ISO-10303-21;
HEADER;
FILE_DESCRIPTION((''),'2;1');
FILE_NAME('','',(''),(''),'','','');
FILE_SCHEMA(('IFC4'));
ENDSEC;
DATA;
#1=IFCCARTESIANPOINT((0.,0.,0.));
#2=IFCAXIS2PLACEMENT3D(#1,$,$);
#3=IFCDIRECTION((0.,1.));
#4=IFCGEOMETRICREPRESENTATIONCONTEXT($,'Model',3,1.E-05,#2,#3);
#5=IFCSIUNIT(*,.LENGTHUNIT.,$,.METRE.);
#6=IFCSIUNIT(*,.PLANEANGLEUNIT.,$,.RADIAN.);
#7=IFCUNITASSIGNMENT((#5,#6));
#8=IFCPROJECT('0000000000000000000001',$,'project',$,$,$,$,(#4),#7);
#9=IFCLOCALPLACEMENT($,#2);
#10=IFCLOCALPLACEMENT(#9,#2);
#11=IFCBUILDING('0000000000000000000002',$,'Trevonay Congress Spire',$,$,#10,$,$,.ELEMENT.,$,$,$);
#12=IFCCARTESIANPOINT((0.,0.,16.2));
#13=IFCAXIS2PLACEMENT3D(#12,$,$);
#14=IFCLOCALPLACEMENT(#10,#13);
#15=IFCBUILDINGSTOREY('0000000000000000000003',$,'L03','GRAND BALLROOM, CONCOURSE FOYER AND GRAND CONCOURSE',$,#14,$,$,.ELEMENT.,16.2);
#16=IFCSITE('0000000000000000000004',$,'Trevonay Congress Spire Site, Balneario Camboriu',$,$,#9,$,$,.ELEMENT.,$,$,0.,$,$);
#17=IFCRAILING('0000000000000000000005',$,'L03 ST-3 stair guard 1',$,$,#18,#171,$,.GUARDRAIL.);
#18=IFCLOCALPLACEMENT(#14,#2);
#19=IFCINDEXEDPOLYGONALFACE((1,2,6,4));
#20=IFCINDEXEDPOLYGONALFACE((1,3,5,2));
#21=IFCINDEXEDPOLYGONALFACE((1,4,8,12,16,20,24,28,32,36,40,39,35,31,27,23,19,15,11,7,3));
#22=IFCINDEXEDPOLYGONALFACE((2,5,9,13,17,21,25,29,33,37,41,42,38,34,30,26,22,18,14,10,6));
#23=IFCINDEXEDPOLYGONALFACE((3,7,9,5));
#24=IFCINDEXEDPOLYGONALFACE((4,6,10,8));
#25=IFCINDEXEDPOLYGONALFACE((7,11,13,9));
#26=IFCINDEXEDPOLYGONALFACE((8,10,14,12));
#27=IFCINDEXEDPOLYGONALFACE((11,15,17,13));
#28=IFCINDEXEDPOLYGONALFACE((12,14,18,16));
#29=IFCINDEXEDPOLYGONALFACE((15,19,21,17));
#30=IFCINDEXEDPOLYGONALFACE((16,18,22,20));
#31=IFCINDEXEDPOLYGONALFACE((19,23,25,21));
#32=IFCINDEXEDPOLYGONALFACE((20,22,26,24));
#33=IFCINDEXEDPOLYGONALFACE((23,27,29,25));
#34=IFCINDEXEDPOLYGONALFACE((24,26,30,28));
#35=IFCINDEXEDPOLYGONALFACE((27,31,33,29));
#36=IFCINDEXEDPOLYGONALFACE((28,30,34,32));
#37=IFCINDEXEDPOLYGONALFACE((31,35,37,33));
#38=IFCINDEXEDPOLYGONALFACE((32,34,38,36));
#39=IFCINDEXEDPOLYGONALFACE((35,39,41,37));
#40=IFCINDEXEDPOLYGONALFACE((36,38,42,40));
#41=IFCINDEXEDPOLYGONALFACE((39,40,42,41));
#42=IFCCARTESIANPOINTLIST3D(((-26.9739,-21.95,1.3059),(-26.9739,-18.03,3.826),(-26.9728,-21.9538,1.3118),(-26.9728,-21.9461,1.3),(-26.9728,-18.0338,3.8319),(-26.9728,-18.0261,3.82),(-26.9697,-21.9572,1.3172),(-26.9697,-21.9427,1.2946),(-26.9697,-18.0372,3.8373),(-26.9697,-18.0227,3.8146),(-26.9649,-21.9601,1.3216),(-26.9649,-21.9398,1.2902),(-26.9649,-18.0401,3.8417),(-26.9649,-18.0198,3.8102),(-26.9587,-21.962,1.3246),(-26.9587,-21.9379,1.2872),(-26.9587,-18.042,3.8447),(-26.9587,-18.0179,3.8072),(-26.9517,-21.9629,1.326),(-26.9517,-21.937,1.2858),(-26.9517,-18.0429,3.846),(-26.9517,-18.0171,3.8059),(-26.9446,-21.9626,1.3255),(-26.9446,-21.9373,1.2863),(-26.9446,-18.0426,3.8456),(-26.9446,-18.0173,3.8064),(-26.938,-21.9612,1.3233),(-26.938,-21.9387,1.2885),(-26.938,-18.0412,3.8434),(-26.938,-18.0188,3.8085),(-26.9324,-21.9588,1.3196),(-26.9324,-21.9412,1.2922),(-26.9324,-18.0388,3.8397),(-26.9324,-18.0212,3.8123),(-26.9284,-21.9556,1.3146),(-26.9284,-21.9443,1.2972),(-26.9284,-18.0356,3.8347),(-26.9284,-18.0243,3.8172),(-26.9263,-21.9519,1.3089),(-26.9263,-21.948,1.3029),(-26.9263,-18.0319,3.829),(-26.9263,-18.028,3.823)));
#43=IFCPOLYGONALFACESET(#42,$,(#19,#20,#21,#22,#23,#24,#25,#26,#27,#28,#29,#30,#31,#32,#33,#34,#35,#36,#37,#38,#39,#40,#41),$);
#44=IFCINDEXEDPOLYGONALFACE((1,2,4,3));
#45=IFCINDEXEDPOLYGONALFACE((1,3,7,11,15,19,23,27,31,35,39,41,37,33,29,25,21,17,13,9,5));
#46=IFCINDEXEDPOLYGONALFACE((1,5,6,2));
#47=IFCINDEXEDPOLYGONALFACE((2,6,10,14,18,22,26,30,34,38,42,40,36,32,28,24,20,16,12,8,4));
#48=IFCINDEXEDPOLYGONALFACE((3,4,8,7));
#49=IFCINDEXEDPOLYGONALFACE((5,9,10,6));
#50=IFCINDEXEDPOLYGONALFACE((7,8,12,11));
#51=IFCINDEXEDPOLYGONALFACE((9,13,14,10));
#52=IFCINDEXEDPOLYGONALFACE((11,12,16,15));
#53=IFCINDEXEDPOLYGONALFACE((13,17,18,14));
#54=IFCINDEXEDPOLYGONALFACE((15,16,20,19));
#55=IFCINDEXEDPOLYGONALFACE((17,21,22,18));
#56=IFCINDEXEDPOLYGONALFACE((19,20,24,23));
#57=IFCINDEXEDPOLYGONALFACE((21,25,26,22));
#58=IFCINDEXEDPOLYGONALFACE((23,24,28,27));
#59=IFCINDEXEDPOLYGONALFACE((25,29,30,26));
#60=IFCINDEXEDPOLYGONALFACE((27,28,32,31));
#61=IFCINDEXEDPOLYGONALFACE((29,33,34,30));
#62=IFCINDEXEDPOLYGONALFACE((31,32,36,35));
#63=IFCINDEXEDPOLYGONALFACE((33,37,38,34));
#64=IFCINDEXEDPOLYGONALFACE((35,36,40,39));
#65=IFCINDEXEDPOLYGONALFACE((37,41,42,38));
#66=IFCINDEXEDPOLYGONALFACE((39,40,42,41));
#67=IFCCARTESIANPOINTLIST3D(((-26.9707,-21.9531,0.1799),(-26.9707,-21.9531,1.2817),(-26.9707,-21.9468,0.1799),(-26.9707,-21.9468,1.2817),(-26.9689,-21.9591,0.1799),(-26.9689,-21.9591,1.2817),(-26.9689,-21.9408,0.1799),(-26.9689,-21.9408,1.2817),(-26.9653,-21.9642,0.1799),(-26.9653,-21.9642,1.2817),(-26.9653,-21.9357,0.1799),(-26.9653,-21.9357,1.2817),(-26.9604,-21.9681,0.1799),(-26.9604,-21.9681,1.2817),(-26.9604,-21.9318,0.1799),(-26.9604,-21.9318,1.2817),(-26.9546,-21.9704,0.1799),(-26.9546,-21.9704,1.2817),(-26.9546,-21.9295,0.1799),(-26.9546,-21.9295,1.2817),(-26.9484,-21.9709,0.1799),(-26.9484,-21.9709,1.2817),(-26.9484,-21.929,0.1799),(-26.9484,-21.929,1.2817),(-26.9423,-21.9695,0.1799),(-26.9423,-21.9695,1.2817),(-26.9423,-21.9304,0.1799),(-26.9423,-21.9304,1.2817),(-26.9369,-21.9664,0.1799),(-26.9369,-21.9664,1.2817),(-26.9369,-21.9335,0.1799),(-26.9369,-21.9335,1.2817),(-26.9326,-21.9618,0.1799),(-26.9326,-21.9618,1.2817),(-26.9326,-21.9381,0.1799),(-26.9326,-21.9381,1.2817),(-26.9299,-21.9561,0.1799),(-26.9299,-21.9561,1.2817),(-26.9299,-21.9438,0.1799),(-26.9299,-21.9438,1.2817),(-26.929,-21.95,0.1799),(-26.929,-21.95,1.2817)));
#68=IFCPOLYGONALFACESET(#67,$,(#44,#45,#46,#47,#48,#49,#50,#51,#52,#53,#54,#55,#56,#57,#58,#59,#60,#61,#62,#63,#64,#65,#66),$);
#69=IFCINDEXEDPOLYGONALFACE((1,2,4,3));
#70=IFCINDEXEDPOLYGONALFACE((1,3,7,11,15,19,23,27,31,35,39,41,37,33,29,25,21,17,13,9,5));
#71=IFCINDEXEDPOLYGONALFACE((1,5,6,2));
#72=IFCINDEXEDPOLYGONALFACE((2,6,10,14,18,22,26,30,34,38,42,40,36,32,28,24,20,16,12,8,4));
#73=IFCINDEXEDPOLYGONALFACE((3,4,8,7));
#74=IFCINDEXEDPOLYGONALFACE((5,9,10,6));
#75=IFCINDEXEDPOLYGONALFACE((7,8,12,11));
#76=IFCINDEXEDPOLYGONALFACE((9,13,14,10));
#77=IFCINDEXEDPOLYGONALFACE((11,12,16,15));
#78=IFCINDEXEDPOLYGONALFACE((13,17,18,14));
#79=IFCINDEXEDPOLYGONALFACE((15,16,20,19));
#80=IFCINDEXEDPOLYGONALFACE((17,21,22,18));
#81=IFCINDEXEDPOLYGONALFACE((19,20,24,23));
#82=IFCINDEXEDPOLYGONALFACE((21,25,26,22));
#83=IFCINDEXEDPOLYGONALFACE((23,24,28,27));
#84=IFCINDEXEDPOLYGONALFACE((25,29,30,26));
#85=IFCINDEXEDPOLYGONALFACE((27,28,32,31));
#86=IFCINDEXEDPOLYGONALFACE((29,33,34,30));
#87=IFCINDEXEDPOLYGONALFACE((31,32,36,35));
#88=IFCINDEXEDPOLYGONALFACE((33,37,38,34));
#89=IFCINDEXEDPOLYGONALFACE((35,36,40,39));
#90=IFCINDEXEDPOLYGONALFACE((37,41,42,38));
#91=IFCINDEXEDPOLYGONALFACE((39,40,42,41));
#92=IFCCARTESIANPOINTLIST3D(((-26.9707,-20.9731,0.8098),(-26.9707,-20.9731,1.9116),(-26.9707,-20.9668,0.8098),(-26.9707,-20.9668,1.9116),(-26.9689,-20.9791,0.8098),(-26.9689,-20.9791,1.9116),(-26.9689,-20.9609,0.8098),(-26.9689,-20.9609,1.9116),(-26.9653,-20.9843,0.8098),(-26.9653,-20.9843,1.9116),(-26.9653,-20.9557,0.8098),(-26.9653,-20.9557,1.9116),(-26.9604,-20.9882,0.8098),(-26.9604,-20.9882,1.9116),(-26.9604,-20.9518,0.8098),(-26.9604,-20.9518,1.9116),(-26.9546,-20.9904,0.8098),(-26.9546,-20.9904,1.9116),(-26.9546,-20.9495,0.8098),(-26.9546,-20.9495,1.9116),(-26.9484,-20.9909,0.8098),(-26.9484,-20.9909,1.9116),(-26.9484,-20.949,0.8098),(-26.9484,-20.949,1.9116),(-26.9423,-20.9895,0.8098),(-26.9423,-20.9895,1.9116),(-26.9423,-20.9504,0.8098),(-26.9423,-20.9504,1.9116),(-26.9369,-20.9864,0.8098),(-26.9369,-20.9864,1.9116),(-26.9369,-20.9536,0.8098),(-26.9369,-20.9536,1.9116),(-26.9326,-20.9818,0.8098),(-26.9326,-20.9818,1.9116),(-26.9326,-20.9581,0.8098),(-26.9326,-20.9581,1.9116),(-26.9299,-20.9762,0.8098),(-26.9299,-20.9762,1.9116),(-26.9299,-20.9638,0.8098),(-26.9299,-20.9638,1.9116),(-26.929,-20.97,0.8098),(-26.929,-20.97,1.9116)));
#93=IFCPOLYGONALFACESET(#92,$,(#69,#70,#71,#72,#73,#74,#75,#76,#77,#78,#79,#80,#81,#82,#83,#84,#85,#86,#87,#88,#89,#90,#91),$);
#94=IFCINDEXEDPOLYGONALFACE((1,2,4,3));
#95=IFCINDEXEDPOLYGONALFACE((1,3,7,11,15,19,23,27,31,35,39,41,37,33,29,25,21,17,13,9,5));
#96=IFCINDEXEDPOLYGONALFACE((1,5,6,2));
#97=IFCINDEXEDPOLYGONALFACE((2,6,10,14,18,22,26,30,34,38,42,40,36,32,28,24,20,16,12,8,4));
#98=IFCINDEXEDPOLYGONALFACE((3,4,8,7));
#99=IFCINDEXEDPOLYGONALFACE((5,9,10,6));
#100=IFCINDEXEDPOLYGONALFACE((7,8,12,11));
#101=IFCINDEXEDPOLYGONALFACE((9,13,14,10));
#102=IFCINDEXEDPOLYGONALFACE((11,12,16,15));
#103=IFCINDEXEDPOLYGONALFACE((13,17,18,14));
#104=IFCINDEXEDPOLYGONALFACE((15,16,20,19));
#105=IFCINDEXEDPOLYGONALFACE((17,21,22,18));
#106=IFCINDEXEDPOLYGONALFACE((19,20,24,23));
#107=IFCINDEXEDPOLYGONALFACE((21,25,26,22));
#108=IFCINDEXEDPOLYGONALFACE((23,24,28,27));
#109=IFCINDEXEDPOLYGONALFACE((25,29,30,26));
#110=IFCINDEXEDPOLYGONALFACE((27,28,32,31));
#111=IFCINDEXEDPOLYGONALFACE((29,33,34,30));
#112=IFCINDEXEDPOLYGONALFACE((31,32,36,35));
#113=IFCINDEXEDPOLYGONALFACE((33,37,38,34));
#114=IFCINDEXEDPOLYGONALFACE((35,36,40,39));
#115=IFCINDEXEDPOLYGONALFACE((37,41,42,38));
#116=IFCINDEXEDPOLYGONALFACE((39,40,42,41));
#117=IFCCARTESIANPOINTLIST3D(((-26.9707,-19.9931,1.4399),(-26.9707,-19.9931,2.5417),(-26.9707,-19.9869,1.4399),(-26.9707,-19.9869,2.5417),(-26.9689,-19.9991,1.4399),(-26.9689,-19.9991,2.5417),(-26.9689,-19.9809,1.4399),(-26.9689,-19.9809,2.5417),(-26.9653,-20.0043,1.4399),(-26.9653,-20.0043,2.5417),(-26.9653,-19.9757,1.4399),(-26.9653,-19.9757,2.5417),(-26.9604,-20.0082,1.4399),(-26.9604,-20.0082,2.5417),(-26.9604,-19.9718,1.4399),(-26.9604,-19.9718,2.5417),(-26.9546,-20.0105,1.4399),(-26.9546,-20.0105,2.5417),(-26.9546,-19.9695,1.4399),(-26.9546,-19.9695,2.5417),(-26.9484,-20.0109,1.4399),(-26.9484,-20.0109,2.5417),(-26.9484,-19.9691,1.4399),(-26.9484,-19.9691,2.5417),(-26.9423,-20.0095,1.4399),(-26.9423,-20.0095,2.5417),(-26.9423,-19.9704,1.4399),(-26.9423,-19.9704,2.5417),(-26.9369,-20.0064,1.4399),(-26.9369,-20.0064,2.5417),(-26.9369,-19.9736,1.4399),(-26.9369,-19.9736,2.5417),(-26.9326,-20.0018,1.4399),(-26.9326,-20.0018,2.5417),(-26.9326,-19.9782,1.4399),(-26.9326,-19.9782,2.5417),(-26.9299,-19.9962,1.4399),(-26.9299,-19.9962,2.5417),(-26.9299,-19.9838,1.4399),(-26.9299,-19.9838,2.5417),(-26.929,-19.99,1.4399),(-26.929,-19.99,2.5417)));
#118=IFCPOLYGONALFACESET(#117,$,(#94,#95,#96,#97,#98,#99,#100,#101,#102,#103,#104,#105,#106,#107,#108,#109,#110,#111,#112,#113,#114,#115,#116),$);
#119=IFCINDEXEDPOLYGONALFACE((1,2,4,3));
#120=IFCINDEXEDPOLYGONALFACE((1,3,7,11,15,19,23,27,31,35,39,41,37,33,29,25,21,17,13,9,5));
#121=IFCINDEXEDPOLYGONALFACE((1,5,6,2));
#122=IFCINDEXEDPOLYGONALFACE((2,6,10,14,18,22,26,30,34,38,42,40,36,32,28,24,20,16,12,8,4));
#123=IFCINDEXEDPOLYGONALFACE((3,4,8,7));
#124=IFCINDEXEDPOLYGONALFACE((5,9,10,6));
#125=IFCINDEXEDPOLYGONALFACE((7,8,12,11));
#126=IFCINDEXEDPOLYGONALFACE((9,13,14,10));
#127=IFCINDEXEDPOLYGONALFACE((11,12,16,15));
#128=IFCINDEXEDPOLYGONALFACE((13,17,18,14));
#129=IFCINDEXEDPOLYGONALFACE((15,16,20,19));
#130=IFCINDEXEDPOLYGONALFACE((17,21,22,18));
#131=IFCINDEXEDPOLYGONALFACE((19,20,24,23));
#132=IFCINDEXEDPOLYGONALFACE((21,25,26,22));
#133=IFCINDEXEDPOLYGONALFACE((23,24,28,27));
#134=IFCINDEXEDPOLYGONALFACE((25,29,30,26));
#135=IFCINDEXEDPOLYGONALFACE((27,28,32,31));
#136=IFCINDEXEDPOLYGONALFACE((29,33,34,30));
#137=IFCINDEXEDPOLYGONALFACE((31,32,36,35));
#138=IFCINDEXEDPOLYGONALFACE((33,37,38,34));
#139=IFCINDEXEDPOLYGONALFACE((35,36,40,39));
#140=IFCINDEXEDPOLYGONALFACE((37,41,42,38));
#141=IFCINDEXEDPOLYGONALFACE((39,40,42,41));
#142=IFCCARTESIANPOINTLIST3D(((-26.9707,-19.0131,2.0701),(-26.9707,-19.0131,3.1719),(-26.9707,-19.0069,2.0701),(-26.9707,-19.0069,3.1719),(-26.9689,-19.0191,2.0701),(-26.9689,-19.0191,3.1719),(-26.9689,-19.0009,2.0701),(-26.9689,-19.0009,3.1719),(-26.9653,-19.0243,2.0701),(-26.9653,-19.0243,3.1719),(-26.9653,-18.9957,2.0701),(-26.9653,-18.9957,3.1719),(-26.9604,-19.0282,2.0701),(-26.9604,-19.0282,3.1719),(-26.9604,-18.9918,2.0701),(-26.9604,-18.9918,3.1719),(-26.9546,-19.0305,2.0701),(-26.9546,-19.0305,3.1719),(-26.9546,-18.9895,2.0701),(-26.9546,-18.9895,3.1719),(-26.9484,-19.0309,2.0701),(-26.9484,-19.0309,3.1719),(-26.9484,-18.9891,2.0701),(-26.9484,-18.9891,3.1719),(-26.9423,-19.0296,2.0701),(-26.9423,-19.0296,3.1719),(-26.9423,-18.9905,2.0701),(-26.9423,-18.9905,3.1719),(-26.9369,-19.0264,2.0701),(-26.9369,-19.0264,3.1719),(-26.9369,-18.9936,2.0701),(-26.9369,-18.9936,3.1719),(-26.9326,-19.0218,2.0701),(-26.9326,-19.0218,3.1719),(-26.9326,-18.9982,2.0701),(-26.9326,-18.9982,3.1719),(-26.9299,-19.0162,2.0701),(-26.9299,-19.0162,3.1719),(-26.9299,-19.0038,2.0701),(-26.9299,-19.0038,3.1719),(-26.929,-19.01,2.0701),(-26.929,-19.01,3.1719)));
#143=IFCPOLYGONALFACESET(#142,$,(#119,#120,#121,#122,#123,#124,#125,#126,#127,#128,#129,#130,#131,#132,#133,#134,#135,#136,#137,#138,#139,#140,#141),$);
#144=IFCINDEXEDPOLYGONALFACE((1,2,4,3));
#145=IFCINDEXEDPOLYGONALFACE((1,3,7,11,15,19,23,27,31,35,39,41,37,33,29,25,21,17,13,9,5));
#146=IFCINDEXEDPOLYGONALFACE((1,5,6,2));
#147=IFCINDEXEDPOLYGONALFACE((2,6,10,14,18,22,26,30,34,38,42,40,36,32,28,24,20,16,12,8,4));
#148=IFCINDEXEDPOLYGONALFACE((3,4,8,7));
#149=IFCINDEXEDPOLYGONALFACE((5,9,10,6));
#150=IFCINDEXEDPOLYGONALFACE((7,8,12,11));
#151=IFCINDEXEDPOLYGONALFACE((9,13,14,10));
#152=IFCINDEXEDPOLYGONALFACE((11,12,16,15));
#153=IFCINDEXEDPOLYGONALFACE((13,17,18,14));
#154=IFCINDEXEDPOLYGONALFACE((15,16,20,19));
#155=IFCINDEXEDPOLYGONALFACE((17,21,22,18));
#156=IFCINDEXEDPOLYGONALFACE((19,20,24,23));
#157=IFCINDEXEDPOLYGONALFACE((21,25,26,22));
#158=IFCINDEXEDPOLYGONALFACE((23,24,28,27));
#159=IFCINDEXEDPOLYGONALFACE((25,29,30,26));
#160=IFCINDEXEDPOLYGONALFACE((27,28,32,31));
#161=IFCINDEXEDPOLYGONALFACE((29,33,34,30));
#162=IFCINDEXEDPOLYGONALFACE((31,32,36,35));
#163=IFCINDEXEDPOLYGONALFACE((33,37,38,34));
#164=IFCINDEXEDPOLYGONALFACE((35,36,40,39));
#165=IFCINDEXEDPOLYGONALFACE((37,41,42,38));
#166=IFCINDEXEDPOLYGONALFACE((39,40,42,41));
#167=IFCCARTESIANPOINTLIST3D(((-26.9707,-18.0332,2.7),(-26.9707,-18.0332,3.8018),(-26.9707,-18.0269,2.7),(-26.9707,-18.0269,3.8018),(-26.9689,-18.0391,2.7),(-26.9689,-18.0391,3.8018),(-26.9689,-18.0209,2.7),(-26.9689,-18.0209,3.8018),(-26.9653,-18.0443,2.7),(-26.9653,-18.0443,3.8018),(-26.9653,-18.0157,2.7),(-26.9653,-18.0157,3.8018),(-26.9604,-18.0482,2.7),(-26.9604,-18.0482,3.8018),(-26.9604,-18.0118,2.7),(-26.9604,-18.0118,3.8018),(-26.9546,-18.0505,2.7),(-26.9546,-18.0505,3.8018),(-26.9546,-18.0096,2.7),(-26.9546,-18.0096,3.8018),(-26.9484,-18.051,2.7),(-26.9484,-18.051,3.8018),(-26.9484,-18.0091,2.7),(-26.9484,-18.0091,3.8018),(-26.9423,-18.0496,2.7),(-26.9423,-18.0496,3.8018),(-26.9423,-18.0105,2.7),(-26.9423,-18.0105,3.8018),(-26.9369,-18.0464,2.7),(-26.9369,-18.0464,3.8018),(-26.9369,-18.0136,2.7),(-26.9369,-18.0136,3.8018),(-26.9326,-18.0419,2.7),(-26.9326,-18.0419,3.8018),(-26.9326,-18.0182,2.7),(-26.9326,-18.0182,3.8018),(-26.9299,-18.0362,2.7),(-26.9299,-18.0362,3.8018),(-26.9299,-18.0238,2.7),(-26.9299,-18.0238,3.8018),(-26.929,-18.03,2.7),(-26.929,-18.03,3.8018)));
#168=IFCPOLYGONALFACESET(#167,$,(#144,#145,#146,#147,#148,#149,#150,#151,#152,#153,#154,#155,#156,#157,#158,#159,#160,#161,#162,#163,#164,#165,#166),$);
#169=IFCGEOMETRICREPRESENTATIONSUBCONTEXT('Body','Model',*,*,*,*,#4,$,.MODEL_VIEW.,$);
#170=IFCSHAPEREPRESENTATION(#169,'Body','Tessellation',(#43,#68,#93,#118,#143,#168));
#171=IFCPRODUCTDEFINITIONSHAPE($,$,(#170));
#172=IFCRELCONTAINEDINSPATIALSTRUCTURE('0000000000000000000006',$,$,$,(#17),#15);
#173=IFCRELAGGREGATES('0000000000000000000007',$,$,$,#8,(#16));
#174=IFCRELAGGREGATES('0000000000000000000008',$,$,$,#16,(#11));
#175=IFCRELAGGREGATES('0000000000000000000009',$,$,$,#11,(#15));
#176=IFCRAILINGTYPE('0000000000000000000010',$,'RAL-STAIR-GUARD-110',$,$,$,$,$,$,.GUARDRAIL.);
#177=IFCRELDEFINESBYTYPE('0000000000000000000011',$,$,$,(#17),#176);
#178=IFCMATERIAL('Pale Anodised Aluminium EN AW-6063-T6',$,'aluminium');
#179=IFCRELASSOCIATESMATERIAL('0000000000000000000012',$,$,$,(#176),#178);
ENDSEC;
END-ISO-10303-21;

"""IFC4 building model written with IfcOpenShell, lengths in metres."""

from ifc_helpers import new_model, si_unit, direction, frame, origin, origin_2d, place, context, subcontext, project, spatial, circle, extrude, material, type_object, element, save


model = new_model("IFC4")

# Units and contexts
model_context = context("Model", 3, precision=1e-05, world=origin(), true_north=direction((0.0, 1.0)))
body_context = subcontext(model_context, "Body", "Model", "MODEL_VIEW")
ifc_project = project(units=[si_unit("LENGTHUNIT", "METRE"), si_unit("PLANEANGLEUNIT", "RADIAN")], contexts=[model_context])

# Site, building, storey
site_placement = place(None, origin())
site = spatial("IfcSite", under=ifc_project, at=site_placement, Name="Trevonay Congress Spire Site, Balneario Camboriu", CompositionType="ELEMENT", RefElevation=0.0)
building_placement = place(site_placement, origin())
building = spatial("IfcBuilding", under=site, at=building_placement, Name="Trevonay Congress Spire", CompositionType="ELEMENT")
storey_placement = place(building_placement, frame((0.0, 0.0, 16.2)))
storey = spatial("IfcBuildingStorey", under=building, at=storey_placement, Name="L03", Description="GRAND BALLROOM, CONCOURSE FOYER AND GRAND CONCOURSE", CompositionType="ELEMENT", Elevation=16.2)

# Shared definitions
ifc_material_1 = material(Name="Pale Anodised Aluminium EN AW-6063-T6", Category="aluminium")

# Railing
railing_type_1 = type_object("IfcRailingType", Name="RAL-STAIR-GUARD-110", PredefinedType="GUARDRAIL", material=ifc_material_1)
railing_1_placement = place(storey_placement, frame((-26.95, -21.95, 0.1799)))
element("IfcRailing", 1, at=railing_1_placement, inside=storey, type_object=railing_type_1, Name="L03 ST-3 stair guard 1", PredefinedType="GUARDRAIL", context=body_context, shape_type="SweptSolid", body=[
    extrude(circle(Radius=0.0239, at=origin_2d()), frame((0.0, 0.0, 1.126), z_axis=(0.0, 0.841172, 0.540768), x_axis=(-1.0, 0.0, 0.0)), (0.0, 0.0, 1.0), 4.6602),
    extrude(circle(Radius=0.021, at=origin_2d()), origin(), (0.0, 0.0, 1.0), 1.1018),
    extrude(circle(Radius=0.021, at=origin_2d()), frame((0.0, 0.98, 0.6299)), (0.0, 0.0, 1.0), 1.1018),
    extrude(circle(Radius=0.021, at=origin_2d()), frame((0.0, 1.96, 1.26)), (0.0, 0.0, 1.0), 1.1018),
    extrude(circle(Radius=0.021, at=origin_2d()), frame((0.0, 2.9399, 1.8901)), (0.0, 0.0, 1.0), 1.1018),
    extrude(circle(Radius=0.021, at=origin_2d()), frame((0.0, 3.9199, 2.52)), (0.0, 0.0, 1.0), 1.1018),
])

save(model, "model.ifc")
